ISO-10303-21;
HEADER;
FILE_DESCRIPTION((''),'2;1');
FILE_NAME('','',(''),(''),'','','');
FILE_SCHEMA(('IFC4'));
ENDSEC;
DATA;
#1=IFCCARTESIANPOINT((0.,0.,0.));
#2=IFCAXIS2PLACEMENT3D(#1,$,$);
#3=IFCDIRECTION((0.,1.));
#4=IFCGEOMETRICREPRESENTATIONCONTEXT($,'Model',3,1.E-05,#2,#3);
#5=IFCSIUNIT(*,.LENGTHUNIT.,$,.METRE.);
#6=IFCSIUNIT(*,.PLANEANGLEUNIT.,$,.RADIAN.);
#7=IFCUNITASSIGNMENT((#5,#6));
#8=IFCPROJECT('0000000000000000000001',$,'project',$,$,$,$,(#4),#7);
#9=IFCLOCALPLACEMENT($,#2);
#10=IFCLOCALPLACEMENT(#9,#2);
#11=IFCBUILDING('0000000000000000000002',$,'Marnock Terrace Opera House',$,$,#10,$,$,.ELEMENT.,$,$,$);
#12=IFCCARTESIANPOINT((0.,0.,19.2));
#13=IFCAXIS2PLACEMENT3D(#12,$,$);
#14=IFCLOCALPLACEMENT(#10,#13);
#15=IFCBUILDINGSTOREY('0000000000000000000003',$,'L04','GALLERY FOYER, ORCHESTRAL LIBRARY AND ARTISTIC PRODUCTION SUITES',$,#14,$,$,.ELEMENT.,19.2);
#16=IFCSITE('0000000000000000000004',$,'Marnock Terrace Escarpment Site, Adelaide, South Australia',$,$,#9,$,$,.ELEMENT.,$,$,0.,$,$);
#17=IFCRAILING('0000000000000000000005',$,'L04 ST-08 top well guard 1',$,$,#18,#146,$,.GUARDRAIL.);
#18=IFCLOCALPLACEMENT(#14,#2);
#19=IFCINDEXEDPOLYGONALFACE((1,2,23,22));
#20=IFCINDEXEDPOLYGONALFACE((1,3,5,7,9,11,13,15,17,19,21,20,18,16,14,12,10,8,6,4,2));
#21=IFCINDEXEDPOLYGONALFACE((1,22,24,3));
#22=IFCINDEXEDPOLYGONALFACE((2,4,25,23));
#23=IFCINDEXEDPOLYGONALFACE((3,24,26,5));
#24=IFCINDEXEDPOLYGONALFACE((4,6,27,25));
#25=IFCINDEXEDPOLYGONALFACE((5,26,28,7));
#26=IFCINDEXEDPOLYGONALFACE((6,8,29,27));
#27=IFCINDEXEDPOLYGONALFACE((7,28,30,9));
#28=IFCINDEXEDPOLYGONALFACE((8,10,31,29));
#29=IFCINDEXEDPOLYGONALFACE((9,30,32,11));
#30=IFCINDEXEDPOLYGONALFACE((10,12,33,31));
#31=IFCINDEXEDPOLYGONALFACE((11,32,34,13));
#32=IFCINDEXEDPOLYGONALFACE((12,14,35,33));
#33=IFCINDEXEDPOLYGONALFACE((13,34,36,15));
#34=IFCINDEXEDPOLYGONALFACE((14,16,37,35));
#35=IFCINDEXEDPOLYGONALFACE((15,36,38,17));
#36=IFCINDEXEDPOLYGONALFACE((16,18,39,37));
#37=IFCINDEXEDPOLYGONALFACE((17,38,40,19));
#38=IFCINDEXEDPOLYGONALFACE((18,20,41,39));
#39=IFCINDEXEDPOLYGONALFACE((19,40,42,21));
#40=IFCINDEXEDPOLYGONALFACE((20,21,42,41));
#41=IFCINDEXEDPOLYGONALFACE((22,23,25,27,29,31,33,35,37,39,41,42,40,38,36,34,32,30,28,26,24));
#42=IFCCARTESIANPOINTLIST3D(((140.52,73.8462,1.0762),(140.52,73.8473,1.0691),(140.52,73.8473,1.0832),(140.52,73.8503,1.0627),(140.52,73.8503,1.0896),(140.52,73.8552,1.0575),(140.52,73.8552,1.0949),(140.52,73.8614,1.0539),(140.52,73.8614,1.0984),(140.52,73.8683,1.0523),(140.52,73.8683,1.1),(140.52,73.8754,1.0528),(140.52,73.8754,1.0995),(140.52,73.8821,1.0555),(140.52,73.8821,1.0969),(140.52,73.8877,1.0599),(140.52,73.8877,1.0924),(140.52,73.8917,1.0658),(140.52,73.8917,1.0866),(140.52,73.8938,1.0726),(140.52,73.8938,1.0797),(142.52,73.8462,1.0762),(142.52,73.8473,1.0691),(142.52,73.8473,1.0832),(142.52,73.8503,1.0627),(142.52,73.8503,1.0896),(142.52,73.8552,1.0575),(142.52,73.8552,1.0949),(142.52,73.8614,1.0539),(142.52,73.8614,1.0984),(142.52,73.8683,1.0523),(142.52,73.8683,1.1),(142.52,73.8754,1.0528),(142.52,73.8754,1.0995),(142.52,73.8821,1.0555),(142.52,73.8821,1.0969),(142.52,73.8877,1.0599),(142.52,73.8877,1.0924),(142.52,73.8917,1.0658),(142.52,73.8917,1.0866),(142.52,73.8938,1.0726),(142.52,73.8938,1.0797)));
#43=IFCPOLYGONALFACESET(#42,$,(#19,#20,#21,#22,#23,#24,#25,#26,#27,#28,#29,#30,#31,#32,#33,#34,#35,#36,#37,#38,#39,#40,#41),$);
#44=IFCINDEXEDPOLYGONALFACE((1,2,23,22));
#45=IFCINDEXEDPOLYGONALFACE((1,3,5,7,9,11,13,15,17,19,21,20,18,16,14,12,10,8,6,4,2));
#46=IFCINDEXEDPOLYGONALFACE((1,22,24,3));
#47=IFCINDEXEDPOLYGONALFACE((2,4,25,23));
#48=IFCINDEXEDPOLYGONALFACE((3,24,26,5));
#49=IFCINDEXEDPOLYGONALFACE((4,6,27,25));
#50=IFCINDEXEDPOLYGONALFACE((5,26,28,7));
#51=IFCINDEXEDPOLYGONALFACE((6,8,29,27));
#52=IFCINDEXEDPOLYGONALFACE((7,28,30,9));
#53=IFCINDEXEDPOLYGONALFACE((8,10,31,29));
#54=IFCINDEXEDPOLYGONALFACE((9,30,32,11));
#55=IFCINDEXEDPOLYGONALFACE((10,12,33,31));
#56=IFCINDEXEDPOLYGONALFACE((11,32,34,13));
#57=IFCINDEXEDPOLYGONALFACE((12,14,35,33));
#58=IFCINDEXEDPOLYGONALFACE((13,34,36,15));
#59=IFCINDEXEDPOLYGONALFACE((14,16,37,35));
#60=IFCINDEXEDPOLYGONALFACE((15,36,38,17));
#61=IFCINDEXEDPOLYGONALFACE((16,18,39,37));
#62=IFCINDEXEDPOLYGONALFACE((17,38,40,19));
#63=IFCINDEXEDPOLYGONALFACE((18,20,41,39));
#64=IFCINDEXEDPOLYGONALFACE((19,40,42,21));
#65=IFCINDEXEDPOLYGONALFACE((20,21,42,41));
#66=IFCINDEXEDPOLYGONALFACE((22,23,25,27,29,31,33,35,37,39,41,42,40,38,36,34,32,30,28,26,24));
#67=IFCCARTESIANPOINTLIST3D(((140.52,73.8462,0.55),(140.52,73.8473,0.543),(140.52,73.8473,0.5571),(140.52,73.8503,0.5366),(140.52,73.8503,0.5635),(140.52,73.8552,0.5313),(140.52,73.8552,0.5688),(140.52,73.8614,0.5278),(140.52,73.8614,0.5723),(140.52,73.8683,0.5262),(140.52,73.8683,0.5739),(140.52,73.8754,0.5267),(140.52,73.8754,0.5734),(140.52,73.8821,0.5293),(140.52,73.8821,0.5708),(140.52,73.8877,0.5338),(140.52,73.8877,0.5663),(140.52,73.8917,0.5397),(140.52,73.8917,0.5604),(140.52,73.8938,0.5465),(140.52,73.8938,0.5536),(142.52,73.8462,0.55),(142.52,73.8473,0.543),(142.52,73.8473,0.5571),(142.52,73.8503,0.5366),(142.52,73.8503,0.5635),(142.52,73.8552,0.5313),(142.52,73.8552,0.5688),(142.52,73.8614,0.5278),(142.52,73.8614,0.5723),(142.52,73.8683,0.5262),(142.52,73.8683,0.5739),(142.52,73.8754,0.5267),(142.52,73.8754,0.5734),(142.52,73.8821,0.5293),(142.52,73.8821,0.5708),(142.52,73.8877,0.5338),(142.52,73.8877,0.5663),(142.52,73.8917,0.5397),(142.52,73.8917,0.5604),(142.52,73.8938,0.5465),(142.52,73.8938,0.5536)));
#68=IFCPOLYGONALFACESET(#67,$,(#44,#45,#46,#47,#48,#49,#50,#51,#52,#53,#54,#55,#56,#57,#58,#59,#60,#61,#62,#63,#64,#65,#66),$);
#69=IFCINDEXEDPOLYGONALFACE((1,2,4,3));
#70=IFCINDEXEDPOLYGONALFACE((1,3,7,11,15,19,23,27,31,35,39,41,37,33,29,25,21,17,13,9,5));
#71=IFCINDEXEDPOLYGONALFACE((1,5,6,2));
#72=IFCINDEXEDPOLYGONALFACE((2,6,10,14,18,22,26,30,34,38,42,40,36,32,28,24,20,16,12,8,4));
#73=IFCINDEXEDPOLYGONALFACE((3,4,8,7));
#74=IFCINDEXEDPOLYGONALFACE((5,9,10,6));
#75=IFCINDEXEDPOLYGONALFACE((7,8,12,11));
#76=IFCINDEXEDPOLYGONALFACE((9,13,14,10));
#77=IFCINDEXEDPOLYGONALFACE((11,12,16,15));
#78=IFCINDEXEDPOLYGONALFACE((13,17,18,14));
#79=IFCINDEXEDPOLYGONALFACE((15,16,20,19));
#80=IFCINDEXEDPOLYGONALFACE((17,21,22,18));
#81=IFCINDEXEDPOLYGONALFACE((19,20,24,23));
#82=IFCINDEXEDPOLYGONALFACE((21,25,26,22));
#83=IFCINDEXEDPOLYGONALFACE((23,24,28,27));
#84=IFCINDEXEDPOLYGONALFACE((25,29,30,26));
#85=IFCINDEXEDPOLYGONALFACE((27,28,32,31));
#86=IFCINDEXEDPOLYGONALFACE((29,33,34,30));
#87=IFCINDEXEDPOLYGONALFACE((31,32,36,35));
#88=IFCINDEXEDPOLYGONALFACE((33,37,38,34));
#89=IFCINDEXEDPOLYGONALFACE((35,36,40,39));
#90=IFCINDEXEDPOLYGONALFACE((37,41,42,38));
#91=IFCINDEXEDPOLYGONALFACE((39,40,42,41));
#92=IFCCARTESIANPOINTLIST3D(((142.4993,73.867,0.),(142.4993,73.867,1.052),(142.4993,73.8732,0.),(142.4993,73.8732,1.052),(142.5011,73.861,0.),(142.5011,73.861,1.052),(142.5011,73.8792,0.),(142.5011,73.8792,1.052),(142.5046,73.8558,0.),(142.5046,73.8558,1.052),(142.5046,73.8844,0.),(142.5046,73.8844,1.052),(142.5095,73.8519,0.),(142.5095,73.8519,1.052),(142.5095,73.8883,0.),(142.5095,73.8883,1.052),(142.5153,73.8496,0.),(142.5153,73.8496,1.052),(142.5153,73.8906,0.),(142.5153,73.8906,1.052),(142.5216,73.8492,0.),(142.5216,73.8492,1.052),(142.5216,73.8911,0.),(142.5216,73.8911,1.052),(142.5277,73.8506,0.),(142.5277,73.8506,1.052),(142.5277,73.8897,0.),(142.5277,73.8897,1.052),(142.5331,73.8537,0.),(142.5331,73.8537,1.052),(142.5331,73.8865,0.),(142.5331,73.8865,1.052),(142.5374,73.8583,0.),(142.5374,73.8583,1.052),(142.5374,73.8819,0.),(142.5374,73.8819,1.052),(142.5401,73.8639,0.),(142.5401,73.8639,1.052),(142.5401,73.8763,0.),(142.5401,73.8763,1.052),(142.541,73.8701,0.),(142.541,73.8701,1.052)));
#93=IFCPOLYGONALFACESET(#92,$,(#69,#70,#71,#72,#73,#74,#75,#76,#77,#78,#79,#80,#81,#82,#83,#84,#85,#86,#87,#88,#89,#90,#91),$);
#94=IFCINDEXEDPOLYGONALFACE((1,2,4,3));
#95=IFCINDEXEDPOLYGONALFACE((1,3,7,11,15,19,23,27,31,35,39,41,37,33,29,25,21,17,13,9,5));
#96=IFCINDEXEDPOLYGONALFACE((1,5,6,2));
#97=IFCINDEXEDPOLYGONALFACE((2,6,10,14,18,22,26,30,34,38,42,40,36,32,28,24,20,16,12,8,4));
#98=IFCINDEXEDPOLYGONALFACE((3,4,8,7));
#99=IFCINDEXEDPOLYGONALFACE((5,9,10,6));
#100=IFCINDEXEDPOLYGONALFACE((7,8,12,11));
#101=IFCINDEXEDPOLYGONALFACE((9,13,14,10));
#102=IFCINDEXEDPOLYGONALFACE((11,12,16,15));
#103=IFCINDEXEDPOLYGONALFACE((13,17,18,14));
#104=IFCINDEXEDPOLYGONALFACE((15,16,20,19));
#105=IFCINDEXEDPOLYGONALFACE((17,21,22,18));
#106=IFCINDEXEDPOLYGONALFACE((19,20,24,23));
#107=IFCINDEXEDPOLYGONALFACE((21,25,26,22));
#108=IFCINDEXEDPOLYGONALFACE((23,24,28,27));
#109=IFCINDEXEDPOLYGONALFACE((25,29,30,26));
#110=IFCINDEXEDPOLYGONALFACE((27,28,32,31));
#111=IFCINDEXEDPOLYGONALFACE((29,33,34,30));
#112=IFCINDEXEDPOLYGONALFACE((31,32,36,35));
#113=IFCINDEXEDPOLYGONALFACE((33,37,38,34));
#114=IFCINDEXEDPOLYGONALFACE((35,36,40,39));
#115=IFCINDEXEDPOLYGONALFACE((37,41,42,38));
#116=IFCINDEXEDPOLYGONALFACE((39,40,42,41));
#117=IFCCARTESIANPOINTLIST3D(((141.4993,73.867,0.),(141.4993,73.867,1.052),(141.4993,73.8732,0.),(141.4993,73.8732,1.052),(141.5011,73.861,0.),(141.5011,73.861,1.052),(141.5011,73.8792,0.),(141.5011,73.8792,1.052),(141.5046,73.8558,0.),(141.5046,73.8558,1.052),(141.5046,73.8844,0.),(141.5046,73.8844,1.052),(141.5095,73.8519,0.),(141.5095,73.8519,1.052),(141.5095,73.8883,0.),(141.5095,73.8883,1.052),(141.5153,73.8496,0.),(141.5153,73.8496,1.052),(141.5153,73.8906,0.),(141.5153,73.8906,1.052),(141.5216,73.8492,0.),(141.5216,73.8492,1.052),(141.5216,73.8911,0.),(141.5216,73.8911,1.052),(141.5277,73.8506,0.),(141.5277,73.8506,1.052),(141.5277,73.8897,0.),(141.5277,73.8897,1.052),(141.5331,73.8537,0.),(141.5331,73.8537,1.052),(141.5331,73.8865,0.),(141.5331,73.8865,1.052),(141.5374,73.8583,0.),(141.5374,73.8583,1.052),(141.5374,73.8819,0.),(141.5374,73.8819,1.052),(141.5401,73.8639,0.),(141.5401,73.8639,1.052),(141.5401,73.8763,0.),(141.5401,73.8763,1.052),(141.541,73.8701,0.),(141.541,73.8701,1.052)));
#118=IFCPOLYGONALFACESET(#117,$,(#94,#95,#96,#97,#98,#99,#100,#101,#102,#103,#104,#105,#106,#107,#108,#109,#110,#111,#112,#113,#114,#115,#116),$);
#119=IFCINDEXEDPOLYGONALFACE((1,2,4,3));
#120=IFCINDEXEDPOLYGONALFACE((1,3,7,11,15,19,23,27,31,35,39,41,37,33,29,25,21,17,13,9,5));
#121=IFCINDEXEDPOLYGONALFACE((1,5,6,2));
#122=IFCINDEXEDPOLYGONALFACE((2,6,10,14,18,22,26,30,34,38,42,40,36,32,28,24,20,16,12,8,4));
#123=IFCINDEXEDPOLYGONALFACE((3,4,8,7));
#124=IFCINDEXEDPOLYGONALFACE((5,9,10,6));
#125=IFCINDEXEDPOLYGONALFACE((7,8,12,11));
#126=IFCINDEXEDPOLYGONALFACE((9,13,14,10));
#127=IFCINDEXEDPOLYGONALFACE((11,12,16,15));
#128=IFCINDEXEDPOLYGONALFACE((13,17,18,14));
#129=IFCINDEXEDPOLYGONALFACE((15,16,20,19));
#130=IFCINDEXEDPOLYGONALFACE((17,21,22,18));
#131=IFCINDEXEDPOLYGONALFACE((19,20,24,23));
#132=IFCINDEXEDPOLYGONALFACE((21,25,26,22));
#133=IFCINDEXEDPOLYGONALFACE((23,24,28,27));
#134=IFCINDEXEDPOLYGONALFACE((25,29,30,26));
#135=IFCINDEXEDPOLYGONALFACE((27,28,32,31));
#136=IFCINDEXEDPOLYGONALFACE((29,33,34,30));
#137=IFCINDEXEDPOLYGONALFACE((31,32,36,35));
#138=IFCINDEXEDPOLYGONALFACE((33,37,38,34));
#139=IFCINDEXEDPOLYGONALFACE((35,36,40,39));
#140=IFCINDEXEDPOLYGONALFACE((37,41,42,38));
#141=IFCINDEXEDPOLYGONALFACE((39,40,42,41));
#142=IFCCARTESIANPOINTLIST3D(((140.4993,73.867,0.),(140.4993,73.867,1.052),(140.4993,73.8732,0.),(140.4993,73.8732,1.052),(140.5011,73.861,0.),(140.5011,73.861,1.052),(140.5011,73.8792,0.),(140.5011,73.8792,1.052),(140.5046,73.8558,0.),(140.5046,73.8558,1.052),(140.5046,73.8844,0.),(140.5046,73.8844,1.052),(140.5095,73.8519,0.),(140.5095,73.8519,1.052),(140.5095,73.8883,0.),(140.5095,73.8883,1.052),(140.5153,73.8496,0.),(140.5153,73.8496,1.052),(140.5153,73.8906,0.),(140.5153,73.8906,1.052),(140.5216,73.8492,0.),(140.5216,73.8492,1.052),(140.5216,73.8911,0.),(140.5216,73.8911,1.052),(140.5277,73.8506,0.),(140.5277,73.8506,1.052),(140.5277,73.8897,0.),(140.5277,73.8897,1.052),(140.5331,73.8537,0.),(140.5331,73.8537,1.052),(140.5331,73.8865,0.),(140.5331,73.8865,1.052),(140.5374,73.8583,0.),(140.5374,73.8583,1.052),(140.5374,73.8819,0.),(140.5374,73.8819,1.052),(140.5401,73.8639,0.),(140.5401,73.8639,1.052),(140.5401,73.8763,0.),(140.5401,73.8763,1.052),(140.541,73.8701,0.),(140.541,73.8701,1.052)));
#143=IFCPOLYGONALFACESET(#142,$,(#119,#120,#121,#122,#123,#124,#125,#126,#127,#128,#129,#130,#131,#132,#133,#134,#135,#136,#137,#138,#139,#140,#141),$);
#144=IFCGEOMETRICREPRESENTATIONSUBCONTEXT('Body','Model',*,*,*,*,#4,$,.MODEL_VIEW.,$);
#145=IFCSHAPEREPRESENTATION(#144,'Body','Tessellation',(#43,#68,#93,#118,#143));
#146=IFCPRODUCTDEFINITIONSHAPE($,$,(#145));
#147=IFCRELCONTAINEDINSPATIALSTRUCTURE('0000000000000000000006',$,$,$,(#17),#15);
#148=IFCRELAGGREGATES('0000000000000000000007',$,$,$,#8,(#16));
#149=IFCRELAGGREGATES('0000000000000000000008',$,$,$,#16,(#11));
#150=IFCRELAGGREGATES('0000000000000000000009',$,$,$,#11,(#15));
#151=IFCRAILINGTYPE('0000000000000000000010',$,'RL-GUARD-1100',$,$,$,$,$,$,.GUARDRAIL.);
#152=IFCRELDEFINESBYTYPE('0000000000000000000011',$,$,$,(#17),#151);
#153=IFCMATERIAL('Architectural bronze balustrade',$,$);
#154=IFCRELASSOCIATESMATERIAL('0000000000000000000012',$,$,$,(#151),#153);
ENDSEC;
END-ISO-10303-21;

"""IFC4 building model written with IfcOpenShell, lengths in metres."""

from ifc_helpers import new_model, si_unit, direction, frame, origin, origin_2d, place, context, subcontext, project, spatial, circle, extrude, material, type_object, element, save


model = new_model("IFC4")

# Units and contexts
model_context = context("Model", 3, precision=1e-05, world=origin(), true_north=direction((0.0, 1.0)))
body_context = subcontext(model_context, "Body", "Model", "MODEL_VIEW")
ifc_project = project(units=[si_unit("LENGTHUNIT", "METRE"), si_unit("PLANEANGLEUNIT", "RADIAN")], contexts=[model_context])

# Site, building, storey
site_placement = place(None, origin())
site = spatial("IfcSite", under=ifc_project, at=site_placement, Name="Marnock Terrace Escarpment Site, Adelaide, South Australia", CompositionType="ELEMENT", RefElevation=0.0)
building_placement = place(site_placement, origin())
building = spatial("IfcBuilding", under=site, at=building_placement, Name="Marnock Terrace Opera House", CompositionType="ELEMENT")
storey_placement = place(building_placement, frame((0.0, 0.0, 19.2)))
storey = spatial("IfcBuildingStorey", under=building, at=storey_placement, Name="L04", Description="GALLERY FOYER, ORCHESTRAL LIBRARY AND ARTISTIC PRODUCTION SUITES", CompositionType="ELEMENT", Elevation=19.2)

# Railing
ifc_material_1 = material(Name="Architectural bronze balustrade")
railing_type = type_object("IfcRailingType", Name="RL-GUARD-1100", PredefinedType="GUARDRAIL", material=ifc_material_1)
railing_placement = place(storey_placement, frame((142.52, 73.8701, 0.0)))
element("IfcRailing", 1, at=railing_placement, inside=storey, type_object=railing_type, Name="L04 ST-08 top well guard 1", PredefinedType="GUARDRAIL", context=body_context, shape_type="SweptSolid", body=[
    extrude(circle(Radius=0.0239, at=origin_2d()), frame((0.0, 0.0, 1.0762), z_axis=(-1.0, 0.0, 0.0), x_axis=(0.0, -1.0, 0.0)), (0.0, 0.0, 1.0), 2.0),
    extrude(circle(Radius=0.0239, at=origin_2d()), frame((0.0, 0.0, 0.55), z_axis=(-1.0, 0.0, 0.0), x_axis=(0.0, -1.0, 0.0)), (0.0, 0.0, 1.0), 2.0),
    extrude(circle(Radius=0.021, at=origin_2d()), origin(), (0.0, 0.0, 1.0), 1.052),
    extrude(circle(Radius=0.021, at=origin_2d()), frame((-1.0, 0.0, 0.0)), (0.0, 0.0, 1.0), 1.052),
    extrude(circle(Radius=0.021, at=origin_2d()), frame((-2.0, 0.0, 0.0)), (0.0, 0.0, 1.0), 1.052),
])

save(model, "model.ifc")
